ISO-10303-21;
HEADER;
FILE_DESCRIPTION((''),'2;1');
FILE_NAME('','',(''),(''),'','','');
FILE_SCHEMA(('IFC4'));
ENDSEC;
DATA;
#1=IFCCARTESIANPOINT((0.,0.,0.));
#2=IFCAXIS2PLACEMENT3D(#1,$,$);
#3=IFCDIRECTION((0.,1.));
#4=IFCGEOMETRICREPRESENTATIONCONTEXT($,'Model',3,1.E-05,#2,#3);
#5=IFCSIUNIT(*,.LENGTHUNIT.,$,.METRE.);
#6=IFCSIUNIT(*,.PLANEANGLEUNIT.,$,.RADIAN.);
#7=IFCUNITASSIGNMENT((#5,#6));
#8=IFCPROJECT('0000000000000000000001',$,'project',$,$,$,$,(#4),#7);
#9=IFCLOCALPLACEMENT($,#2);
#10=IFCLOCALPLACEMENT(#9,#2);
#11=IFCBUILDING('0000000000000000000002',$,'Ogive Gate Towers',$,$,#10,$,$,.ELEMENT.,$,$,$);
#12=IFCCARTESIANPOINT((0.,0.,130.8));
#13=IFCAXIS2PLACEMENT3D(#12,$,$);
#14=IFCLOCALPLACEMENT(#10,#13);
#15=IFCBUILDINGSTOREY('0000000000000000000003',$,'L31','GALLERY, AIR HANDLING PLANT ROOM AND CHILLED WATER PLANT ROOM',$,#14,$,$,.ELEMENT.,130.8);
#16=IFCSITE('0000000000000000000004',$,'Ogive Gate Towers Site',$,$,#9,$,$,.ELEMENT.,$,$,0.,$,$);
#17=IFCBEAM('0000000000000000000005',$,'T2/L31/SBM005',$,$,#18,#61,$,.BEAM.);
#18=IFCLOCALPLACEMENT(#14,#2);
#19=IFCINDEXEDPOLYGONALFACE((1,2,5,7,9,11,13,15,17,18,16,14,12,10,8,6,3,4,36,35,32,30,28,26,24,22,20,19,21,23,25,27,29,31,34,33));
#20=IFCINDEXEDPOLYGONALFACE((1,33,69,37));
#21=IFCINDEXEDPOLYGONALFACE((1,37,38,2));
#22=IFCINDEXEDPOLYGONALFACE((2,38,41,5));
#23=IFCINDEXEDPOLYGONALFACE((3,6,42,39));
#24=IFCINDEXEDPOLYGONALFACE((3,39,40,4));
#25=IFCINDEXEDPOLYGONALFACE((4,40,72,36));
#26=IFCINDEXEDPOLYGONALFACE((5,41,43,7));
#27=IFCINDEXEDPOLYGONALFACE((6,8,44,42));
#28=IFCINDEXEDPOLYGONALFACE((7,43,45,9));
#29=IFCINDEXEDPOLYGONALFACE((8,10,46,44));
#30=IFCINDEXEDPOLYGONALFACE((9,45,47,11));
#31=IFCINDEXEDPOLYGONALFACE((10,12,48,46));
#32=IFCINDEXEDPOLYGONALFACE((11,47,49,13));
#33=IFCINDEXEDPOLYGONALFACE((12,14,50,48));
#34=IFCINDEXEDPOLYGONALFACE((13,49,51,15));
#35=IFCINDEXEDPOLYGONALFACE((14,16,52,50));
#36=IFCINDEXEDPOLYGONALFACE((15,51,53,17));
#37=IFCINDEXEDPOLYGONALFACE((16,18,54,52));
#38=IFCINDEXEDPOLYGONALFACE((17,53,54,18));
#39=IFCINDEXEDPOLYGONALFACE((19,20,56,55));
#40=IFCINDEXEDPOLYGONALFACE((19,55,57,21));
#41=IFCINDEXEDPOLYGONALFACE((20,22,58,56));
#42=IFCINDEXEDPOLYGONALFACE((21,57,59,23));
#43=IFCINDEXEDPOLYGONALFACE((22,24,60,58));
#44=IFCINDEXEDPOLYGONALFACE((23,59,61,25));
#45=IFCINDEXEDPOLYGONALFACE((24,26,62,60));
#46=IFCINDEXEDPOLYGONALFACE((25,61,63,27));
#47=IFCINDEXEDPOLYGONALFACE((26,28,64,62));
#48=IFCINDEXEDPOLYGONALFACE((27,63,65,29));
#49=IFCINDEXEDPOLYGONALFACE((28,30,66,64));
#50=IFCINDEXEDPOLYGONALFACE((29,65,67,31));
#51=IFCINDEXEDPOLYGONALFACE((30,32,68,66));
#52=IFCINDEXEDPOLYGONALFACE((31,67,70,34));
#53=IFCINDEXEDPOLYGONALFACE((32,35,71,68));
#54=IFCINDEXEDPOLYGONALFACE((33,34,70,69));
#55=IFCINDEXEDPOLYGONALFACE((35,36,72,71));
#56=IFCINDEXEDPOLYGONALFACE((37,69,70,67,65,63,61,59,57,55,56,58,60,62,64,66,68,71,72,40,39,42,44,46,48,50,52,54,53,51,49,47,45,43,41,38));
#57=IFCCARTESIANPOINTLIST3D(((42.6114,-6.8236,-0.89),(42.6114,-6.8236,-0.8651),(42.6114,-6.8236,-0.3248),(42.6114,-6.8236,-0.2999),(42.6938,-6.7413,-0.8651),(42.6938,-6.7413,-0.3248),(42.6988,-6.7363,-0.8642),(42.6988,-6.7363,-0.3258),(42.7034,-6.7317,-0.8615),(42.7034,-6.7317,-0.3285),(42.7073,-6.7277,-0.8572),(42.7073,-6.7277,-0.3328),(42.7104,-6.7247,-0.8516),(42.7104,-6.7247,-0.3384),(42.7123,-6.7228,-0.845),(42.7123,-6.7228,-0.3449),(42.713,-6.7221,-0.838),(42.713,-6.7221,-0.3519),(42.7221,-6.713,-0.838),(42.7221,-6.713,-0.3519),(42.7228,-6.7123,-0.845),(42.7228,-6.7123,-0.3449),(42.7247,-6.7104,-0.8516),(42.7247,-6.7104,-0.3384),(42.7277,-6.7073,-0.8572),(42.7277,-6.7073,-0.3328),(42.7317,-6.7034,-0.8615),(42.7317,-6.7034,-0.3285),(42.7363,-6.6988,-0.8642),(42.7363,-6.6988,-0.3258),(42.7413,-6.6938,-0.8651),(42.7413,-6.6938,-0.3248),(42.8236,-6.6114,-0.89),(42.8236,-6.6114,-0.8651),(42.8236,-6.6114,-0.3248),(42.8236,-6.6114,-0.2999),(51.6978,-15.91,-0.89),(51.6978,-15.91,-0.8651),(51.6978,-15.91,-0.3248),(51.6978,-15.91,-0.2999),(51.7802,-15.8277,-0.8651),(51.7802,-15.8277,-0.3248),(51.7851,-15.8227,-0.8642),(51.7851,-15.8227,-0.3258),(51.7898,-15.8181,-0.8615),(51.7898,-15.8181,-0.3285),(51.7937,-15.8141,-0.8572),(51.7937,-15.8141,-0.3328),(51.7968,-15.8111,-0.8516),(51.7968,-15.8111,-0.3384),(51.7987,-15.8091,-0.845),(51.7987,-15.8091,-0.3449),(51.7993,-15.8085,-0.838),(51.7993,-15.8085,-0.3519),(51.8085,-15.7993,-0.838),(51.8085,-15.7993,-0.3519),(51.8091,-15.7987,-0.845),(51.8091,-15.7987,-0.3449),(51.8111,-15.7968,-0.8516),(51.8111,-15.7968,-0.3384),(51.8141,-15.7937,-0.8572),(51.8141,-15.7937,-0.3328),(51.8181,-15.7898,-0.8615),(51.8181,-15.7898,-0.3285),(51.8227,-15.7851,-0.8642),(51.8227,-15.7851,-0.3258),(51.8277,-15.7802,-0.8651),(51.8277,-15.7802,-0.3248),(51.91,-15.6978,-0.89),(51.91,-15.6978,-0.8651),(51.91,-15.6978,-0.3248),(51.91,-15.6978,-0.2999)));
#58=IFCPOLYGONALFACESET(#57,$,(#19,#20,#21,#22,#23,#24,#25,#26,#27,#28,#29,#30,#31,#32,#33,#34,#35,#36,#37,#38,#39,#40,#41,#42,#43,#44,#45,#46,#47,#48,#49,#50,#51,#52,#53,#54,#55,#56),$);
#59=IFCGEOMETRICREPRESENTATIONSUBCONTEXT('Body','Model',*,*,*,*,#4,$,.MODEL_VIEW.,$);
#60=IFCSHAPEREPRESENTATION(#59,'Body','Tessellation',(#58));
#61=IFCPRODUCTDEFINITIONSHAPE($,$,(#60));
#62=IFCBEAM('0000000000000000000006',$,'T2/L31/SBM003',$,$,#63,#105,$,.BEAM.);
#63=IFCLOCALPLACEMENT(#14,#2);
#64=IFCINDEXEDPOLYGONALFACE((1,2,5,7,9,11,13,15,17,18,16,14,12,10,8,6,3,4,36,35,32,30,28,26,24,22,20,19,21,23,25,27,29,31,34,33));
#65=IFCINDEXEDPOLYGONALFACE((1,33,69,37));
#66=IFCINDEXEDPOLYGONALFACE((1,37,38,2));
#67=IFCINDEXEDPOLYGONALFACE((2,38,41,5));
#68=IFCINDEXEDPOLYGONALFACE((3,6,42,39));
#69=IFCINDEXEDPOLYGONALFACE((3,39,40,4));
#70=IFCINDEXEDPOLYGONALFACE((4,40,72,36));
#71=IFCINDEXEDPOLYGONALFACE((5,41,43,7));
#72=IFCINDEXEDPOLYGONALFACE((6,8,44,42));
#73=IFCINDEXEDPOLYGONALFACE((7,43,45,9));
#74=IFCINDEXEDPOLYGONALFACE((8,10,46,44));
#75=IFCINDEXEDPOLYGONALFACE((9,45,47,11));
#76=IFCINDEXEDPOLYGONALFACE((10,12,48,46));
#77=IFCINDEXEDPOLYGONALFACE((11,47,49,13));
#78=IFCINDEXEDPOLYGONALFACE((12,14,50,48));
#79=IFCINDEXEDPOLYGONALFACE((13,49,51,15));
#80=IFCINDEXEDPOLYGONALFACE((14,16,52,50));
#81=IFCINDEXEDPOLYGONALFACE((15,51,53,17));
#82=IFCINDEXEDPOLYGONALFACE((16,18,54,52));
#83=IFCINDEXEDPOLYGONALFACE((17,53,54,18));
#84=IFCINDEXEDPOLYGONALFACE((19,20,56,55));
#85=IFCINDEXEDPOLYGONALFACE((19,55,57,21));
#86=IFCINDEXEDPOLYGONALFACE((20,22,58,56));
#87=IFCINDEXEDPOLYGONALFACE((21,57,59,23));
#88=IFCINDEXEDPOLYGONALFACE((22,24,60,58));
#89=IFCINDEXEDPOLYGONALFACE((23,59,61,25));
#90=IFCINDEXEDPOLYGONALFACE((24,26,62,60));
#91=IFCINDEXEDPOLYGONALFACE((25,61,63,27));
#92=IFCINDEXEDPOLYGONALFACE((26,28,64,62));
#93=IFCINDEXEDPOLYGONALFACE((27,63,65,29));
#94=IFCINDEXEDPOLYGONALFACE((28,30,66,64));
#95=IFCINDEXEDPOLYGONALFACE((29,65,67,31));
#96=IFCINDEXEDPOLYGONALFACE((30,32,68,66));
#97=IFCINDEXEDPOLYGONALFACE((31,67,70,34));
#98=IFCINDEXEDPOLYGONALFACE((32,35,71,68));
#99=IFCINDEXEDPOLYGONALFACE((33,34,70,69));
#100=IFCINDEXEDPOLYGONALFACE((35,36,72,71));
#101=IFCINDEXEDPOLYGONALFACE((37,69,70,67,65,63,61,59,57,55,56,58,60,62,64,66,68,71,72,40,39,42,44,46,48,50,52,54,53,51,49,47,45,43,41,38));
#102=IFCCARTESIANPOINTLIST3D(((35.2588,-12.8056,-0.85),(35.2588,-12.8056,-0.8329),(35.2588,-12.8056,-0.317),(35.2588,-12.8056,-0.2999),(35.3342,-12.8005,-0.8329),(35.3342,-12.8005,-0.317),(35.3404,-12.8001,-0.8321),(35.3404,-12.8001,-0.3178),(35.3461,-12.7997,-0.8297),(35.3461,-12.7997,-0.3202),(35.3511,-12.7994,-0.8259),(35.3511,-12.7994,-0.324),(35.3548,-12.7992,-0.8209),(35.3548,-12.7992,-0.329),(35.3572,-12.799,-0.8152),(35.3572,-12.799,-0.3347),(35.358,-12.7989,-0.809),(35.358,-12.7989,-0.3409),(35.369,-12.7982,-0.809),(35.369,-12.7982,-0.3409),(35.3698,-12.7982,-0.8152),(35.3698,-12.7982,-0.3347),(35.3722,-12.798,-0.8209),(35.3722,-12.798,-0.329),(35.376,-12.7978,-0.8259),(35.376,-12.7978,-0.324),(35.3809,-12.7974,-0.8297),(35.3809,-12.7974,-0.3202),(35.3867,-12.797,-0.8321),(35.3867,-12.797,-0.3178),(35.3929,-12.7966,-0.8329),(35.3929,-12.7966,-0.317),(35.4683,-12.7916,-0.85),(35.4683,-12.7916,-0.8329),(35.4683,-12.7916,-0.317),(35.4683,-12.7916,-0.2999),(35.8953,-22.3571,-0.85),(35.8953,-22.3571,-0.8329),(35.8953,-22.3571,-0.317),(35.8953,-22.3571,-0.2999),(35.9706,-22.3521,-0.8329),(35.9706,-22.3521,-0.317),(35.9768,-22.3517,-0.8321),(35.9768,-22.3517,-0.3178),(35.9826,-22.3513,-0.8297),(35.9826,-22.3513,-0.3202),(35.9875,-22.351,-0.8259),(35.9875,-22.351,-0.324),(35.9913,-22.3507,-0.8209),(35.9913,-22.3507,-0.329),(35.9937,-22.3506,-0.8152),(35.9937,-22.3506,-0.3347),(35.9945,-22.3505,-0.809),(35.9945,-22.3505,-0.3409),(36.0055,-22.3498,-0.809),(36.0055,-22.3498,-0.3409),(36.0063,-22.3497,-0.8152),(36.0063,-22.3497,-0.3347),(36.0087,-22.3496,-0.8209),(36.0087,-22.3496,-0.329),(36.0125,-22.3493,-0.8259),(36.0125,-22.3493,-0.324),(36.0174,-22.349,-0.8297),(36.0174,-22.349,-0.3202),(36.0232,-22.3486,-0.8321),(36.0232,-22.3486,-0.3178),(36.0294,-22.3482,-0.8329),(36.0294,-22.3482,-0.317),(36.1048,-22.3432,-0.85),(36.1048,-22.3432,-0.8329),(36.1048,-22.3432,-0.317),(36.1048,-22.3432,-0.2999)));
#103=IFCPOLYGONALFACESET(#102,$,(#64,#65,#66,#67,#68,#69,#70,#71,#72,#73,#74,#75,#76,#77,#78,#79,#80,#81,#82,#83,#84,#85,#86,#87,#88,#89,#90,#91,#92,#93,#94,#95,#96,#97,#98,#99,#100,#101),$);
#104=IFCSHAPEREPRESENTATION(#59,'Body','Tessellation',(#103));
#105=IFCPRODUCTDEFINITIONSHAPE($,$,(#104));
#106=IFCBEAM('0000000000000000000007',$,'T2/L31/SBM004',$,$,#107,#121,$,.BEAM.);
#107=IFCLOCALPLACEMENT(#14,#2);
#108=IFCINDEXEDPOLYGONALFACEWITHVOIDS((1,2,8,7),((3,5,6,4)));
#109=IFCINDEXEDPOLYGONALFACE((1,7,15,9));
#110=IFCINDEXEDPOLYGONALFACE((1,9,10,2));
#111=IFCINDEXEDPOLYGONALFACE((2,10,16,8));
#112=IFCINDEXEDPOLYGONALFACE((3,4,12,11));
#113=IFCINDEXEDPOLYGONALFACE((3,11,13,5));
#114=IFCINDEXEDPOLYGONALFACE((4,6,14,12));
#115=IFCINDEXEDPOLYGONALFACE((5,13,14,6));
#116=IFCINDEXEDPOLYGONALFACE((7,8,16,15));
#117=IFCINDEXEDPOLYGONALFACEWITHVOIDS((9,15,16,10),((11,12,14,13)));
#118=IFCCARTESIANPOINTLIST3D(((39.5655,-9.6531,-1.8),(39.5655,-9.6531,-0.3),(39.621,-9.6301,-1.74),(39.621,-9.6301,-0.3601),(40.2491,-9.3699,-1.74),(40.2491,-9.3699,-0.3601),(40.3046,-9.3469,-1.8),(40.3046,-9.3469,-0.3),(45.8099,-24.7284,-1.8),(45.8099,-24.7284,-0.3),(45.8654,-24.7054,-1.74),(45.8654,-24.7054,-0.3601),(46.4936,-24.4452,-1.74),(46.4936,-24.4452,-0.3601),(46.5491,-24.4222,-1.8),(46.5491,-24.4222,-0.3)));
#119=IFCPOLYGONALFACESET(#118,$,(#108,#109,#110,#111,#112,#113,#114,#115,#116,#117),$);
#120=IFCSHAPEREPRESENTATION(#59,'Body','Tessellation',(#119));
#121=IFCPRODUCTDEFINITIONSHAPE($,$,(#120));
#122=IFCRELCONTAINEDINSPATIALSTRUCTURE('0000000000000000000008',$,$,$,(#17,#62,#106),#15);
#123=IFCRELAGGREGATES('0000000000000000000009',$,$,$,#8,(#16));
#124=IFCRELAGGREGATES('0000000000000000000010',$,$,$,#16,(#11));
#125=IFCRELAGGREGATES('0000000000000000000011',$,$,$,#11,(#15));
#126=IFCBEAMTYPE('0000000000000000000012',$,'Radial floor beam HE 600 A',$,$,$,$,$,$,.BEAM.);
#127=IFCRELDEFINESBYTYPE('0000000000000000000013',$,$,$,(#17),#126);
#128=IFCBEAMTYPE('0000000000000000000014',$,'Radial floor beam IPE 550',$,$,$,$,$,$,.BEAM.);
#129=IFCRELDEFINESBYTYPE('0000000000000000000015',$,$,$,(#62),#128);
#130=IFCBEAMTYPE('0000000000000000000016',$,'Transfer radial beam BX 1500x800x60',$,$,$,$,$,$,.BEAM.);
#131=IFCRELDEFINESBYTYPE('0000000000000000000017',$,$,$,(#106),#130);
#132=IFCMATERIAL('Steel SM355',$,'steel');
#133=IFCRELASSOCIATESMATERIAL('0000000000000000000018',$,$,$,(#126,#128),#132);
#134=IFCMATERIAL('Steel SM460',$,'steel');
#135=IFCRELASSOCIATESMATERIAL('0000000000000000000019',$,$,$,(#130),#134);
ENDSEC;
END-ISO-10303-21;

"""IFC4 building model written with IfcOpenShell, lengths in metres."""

from ifc_helpers import new_model, si_unit, direction, frame, origin, origin_2d, place, context, subcontext, project, spatial, hollow_rectangle, i_section, extrude, material, material_profile, profile_set, type_object, element, save


model = new_model("IFC4")

# Units and contexts
model_context = context("Model", 3, precision=1e-05, world=origin(), true_north=direction((0.0, 1.0)))
body_context = subcontext(model_context, "Body", "Model", "MODEL_VIEW")
ifc_project = project(units=[si_unit("LENGTHUNIT", "METRE"), si_unit("PLANEANGLEUNIT", "RADIAN")], contexts=[model_context])

# Site, building, storey
site_placement = place(None, origin())
site = spatial("IfcSite", under=ifc_project, at=site_placement, Name="Ogive Gate Towers Site", CompositionType="ELEMENT", RefElevation=0.0)
building_placement = place(site_placement, origin())
building = spatial("IfcBuilding", under=site, at=building_placement, Name="Ogive Gate Towers", CompositionType="ELEMENT")
storey_placement = place(building_placement, frame((0.0, 0.0, 130.8)))
storey = spatial("IfcBuildingStorey", under=building, at=storey_placement, Name="L31", Description="GALLERY, AIR HANDLING PLANT ROOM AND CHILLED WATER PLANT ROOM", CompositionType="ELEMENT", Elevation=130.8)

# Beams
ifc_material_1 = material(Name="Steel SM355", Category="steel")
ifc_material_profile_1 = material_profile(ifc_material_1, i_section(OverallWidth=0.3, OverallDepth=0.5901, WebThickness=0.0129, FlangeThickness=0.0249, FilletRadius=0.0271, at=origin_2d()), Name="HE 600 A")
ifc_profile_set_1 = profile_set([ifc_material_profile_1], Name="Steel SM355")
beam_type_1 = type_object("IfcBeamType", Name="Radial floor beam HE 600 A", PredefinedType="BEAM", material=ifc_profile_set_1)
beam_1_placement = place(storey_placement, frame((42.7175, -6.7175, -0.595), z_axis=(0.707107, -0.707107, 0.0), x_axis=(0.707107, 0.707107, 0.0)))
element("IfcBeam", 1, at=beam_1_placement, inside=storey, type_object=beam_type_1, Name="T2/L31/SBM005", PredefinedType="BEAM", context=body_context, shape_type="SweptSolid", body=[
    extrude(i_section(OverallWidth=0.3, OverallDepth=0.5901, WebThickness=0.0129, FlangeThickness=0.0249, FilletRadius=0.0271, at=origin_2d()), origin(), (0.0, 0.0, 1.0), 12.8501),
])
ifc_material_profile_2 = material_profile(ifc_material_1, i_section(OverallWidth=0.21, OverallDepth=0.55, WebThickness=0.011, FlangeThickness=0.0171, FilletRadius=0.0239, at=origin_2d()), Name="IPE 550")
ifc_profile_set_2 = profile_set([ifc_material_profile_2], Name="Steel SM355")
beam_type_2 = type_object("IfcBeamType", Name="Radial floor beam IPE 550", PredefinedType="BEAM", material=ifc_profile_set_2)
beam_2_placement = place(storey_placement, frame((35.3635, -12.7986, -0.575), z_axis=(0.066489, -0.997787, 0.0), x_axis=(0.997787, 0.066489, 0.0)))
element("IfcBeam", 2, at=beam_2_placement, inside=storey, type_object=beam_type_2, Name="T2/L31/SBM003", PredefinedType="BEAM", context=body_context, shape_type="SweptSolid", body=[
    extrude(i_section(OverallWidth=0.21, OverallDepth=0.55, WebThickness=0.011, FlangeThickness=0.0171, FilletRadius=0.0239, at=origin_2d()), origin(), (0.0, 0.0, 1.0), 9.5728),
])
ifc_material_2 = material(Name="Steel SM460", Category="steel")
ifc_material_profile_3 = material_profile(ifc_material_2, hollow_rectangle(XDim=0.8, YDim=1.5, WallThickness=0.0601, at=origin_2d()), Name="BX 1500x800x60")
ifc_profile_set_3 = profile_set([ifc_material_profile_3], Name="Steel SM460")
beam_type_3 = type_object("IfcBeamType", Name="Transfer radial beam BX 1500x800x60", PredefinedType="BEAM", material=ifc_profile_set_3)
beam_3_placement = place(storey_placement, frame((39.9351, -9.5, -1.05), z_axis=(0.382685, -0.923879, 0.0), x_axis=(0.923879, 0.382685, 0.0)))
element("IfcBeam", 3, at=beam_3_placement, inside=storey, type_object=beam_type_3, Name="T2/L31/SBM004", PredefinedType="BEAM", context=body_context, shape_type="SweptSolid", body=[
    extrude(hollow_rectangle(XDim=0.8, YDim=1.5, WallThickness=0.0601, at=origin_2d()), origin(), (0.0, 0.0, 1.0), 16.3174),
])

save(model, "model.ifc")
